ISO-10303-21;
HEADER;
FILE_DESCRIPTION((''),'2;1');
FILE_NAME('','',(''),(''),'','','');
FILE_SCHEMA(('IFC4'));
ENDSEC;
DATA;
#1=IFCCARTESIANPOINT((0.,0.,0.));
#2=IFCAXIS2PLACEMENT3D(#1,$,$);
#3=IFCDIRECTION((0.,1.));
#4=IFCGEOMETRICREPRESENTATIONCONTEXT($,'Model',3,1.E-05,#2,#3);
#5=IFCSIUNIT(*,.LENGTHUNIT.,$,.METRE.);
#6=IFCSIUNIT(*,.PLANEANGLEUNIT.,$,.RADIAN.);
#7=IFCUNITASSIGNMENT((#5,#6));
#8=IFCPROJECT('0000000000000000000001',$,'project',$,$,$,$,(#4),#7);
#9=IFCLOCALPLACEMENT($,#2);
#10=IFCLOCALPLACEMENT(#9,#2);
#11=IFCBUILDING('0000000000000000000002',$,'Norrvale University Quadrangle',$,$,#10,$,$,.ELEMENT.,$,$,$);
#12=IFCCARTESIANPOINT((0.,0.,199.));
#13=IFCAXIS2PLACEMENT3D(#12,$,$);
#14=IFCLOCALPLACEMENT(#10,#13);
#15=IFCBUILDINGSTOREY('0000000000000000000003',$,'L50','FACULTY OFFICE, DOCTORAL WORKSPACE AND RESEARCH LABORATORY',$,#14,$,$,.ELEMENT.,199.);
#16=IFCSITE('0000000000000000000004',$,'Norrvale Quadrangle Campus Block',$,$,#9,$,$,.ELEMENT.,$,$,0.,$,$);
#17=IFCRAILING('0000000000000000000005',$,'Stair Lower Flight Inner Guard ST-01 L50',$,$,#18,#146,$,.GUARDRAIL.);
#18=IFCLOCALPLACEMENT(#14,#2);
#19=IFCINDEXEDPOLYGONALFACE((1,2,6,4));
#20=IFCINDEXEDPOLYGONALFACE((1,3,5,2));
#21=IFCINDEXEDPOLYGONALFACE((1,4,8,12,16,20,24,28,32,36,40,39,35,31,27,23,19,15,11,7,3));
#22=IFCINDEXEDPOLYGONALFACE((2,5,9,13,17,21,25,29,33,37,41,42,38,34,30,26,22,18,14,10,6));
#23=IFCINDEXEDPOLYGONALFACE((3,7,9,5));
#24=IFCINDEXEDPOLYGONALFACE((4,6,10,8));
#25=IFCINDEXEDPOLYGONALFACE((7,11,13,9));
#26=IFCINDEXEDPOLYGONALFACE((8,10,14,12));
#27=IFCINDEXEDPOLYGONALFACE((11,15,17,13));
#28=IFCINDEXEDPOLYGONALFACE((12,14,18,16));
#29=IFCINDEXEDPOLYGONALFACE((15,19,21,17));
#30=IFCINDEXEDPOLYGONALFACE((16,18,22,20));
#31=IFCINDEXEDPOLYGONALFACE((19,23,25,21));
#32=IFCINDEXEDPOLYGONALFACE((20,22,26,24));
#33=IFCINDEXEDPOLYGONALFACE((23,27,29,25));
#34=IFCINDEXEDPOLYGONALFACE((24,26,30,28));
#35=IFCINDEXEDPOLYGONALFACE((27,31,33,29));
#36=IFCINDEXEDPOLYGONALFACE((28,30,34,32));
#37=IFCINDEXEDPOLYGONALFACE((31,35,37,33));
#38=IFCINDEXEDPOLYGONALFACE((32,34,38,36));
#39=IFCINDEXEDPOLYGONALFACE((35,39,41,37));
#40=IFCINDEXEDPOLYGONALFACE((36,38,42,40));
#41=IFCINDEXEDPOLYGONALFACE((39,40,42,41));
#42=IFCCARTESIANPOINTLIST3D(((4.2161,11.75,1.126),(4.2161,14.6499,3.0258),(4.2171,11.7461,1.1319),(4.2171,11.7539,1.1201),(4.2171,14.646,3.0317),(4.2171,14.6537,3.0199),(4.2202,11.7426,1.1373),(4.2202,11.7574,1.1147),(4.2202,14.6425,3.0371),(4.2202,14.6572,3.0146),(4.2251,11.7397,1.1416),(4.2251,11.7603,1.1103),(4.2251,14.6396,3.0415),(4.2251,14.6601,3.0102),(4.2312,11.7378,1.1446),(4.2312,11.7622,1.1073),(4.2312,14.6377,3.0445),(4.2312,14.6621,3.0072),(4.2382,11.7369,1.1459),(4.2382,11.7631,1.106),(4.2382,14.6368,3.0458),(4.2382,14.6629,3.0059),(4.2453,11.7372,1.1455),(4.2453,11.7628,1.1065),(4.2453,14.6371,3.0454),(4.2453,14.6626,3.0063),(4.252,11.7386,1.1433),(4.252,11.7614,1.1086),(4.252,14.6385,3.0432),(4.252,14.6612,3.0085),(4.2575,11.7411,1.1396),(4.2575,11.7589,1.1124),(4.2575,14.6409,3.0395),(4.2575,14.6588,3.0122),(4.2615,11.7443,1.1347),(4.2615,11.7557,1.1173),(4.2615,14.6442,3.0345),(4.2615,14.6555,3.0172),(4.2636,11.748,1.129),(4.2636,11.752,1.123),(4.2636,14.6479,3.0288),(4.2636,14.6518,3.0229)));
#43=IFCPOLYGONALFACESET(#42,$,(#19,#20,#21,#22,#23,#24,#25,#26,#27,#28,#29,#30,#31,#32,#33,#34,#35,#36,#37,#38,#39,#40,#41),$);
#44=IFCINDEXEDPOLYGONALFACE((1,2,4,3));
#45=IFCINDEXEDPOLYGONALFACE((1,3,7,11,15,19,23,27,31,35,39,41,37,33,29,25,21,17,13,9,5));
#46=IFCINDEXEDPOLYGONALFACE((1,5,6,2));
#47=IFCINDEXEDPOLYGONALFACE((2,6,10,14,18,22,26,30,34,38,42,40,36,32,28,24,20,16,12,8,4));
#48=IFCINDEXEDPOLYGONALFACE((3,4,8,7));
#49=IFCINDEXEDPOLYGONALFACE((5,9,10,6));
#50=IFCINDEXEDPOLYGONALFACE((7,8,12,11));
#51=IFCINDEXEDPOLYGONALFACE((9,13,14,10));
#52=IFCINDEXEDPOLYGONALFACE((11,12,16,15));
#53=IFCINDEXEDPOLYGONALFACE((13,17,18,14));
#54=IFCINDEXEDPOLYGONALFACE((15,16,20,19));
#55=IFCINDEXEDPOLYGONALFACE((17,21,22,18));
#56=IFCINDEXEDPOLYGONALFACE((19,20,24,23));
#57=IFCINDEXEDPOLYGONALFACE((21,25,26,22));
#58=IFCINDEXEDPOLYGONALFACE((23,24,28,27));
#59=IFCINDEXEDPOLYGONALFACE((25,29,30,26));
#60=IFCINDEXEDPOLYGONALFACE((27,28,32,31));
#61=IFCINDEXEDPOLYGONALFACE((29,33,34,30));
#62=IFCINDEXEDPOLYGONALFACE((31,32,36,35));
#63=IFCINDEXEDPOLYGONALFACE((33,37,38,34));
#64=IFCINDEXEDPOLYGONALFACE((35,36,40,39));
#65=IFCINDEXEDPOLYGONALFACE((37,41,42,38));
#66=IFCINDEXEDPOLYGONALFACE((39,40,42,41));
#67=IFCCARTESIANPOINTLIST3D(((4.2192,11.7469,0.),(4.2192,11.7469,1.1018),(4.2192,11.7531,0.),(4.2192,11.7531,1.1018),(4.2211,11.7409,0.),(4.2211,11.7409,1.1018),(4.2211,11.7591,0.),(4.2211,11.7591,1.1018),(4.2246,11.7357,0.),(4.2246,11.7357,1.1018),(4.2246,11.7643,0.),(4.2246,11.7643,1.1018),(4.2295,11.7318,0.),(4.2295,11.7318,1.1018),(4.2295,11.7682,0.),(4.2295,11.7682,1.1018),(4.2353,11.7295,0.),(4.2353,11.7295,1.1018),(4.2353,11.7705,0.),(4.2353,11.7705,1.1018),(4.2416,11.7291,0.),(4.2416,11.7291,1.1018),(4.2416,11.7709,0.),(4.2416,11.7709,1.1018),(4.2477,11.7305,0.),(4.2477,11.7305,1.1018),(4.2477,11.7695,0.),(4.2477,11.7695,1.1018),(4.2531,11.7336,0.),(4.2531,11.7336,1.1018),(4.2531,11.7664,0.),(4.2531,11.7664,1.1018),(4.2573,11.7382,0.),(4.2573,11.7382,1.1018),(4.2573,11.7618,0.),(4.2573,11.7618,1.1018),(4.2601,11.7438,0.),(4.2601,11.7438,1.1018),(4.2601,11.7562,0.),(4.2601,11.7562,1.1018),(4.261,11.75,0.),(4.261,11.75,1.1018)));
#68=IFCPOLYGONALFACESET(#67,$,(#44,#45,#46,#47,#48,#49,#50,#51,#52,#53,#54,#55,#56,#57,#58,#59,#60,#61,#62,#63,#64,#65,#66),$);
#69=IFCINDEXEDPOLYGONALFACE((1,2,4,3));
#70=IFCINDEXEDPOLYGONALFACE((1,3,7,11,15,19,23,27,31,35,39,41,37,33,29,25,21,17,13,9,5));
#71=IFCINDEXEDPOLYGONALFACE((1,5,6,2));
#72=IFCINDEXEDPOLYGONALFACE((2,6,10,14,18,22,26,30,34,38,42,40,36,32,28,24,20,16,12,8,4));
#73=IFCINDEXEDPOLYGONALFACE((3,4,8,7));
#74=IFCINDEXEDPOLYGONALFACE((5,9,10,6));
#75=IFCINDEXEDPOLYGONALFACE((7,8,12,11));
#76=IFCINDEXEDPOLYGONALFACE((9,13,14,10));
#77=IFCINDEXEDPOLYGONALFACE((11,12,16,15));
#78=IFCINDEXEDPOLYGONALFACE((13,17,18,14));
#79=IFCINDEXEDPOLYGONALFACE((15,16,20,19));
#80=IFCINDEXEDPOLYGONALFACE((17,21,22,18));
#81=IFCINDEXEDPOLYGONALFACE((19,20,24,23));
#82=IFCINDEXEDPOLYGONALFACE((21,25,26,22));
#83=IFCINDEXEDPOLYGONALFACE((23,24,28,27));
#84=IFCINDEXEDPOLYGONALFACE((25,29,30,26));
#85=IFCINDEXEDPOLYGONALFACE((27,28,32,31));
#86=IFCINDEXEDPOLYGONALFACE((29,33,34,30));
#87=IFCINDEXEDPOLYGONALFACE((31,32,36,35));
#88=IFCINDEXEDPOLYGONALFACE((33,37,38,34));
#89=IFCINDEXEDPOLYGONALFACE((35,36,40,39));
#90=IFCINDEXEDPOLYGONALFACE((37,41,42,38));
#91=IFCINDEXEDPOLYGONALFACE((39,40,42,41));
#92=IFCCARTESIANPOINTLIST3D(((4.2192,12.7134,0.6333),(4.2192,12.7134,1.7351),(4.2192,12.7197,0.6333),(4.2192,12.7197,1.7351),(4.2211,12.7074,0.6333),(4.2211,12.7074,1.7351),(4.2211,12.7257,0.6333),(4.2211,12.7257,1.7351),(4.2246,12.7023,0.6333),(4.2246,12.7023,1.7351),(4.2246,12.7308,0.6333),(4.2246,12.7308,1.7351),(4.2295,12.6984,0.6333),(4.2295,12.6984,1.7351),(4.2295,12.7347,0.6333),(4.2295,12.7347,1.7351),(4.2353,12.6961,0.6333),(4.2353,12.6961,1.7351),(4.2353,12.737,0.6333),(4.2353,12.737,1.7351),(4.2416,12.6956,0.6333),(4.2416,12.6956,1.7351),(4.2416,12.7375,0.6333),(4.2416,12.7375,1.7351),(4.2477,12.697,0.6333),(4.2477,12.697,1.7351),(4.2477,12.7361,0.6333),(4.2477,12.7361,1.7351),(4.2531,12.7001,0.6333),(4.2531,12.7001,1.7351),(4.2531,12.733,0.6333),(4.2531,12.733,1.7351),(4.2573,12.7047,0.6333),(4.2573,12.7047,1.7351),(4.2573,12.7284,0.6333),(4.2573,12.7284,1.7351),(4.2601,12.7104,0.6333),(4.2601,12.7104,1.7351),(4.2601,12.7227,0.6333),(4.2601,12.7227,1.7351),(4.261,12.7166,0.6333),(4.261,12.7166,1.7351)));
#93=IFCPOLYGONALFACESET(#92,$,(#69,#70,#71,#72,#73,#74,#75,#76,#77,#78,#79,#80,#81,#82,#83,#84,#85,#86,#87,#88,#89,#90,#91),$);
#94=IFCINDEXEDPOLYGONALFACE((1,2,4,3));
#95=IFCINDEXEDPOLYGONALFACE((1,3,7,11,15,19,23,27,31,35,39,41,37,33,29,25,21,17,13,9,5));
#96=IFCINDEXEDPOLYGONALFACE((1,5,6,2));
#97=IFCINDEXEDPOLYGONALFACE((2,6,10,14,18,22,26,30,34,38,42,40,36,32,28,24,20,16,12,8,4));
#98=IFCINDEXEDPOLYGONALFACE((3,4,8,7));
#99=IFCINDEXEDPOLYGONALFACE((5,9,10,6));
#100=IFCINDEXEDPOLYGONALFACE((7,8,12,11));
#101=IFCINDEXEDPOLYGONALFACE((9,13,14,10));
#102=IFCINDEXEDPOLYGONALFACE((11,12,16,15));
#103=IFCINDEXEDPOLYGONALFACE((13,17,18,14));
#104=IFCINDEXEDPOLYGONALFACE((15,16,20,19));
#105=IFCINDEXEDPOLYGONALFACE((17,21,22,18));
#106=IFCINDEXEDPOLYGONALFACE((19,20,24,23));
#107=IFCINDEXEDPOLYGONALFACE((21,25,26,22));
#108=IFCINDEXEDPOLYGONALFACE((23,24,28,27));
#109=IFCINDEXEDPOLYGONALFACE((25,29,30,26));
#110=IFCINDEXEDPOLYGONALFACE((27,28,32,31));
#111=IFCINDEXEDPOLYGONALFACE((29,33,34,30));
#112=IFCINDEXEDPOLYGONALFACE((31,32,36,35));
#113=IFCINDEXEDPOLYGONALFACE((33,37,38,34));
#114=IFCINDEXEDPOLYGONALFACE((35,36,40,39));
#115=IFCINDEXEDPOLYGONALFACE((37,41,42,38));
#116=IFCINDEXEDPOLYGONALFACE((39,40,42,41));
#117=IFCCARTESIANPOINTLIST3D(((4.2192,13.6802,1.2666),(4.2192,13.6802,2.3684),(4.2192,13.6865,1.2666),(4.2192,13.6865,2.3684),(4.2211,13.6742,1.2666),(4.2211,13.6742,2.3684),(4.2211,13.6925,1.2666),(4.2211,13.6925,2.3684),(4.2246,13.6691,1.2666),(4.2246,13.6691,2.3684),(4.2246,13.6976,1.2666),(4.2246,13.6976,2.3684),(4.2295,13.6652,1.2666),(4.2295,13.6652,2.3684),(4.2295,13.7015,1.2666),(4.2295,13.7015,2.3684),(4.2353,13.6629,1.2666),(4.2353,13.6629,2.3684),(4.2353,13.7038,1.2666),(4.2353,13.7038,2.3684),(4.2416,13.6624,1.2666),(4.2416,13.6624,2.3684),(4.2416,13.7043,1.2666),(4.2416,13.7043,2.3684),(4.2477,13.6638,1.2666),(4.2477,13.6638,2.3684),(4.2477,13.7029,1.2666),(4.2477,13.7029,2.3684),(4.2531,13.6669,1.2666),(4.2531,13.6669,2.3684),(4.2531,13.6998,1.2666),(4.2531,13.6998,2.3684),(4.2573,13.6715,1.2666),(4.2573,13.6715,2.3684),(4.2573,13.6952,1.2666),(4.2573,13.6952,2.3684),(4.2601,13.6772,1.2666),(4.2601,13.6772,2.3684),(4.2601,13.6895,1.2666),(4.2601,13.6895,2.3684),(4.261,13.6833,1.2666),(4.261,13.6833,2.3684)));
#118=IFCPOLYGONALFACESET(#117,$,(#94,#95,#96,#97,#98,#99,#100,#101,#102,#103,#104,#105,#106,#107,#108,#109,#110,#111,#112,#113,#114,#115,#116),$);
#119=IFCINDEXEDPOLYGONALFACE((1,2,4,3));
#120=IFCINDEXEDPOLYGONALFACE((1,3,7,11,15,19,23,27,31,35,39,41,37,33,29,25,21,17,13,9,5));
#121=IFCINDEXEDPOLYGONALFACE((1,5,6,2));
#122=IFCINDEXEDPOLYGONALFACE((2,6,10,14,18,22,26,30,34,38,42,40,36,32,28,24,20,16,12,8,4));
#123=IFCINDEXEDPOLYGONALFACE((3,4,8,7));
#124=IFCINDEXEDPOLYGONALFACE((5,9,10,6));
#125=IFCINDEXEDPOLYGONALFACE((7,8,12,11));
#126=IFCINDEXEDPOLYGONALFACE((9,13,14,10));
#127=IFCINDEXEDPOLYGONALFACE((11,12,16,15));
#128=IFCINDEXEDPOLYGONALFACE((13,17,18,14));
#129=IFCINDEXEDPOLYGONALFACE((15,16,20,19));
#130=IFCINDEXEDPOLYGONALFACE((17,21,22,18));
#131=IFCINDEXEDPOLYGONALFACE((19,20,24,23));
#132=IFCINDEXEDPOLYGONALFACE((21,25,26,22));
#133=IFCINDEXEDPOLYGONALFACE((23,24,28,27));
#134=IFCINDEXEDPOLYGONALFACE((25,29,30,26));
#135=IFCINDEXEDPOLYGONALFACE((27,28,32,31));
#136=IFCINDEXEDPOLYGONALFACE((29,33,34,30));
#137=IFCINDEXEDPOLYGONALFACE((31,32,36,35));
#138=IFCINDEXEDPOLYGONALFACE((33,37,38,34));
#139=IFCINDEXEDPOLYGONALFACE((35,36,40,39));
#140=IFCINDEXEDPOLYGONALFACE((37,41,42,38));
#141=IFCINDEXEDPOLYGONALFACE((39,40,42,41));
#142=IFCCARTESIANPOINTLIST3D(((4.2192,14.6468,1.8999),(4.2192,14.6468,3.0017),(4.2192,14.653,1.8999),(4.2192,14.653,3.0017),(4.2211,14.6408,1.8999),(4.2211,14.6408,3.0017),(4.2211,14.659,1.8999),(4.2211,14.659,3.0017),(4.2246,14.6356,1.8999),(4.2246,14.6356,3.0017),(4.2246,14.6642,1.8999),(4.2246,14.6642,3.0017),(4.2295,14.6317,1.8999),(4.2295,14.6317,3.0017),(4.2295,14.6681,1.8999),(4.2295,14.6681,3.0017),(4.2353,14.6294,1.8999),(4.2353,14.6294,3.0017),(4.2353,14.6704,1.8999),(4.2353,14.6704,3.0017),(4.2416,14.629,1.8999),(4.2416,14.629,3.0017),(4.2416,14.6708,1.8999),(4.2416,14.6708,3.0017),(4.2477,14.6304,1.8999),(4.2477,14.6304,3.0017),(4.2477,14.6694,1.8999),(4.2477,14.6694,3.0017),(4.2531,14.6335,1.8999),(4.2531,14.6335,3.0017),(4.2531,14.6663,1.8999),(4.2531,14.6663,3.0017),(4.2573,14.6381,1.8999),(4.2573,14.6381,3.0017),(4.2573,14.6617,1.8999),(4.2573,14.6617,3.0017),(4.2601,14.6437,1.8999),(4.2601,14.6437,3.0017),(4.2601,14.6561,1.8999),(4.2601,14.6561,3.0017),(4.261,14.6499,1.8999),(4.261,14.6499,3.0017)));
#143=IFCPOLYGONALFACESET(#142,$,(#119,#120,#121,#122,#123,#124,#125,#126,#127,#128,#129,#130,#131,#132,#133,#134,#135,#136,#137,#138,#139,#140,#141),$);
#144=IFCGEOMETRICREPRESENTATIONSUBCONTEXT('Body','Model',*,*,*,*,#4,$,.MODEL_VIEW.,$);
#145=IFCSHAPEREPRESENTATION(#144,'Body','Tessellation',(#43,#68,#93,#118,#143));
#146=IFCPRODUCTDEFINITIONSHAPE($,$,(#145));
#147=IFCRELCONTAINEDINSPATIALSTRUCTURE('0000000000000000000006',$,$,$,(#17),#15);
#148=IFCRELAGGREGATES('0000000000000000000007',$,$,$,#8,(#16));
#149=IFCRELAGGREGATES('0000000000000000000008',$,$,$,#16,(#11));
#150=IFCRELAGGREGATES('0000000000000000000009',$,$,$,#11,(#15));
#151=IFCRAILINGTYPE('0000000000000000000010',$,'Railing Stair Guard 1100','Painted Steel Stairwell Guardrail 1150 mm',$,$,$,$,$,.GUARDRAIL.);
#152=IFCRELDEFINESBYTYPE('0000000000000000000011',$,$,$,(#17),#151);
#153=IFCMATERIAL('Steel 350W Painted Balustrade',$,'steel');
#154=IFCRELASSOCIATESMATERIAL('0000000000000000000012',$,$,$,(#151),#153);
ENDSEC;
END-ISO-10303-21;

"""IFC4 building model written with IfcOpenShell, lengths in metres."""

from ifc_helpers import new_model, si_unit, direction, frame, origin, origin_2d, place, context, subcontext, project, spatial, circle, extrude, material, type_object, element, save


model = new_model("IFC4")

# Units and contexts
model_context = context("Model", 3, precision=1e-05, world=origin(), true_north=direction((0.0, 1.0)))
body_context = subcontext(model_context, "Body", "Model", "MODEL_VIEW")
ifc_project = project(units=[si_unit("LENGTHUNIT", "METRE"), si_unit("PLANEANGLEUNIT", "RADIAN")], contexts=[model_context])

# Site, building, storey
site_placement = place(None, origin())
site = spatial("IfcSite", under=ifc_project, at=site_placement, Name="Norrvale Quadrangle Campus Block", CompositionType="ELEMENT", RefElevation=0.0)
building_placement = place(site_placement, origin())
building = spatial("IfcBuilding", under=site, at=building_placement, Name="Norrvale University Quadrangle", CompositionType="ELEMENT")
storey_placement = place(building_placement, frame((0.0, 0.0, 199.0)))
storey = spatial("IfcBuildingStorey", under=building, at=storey_placement, Name="L50", Description="FACULTY OFFICE, DOCTORAL WORKSPACE AND RESEARCH LABORATORY", CompositionType="ELEMENT", Elevation=199.0)

# Railing
ifc_material_1 = material(Name="Steel 350W Painted Balustrade", Category="steel")
railing_type_1 = type_object("IfcRailingType", Name="Railing Stair Guard 1100", Description="Painted Steel Stairwell Guardrail 1150 mm", PredefinedType="GUARDRAIL", material=ifc_material_1)
railing_1_placement = place(storey_placement, frame((4.24, 11.75, 0.0)))
element("IfcRailing", 1, at=railing_1_placement, inside=storey, type_object=railing_type_1, Name="Stair Lower Flight Inner Guard ST-01 L50", PredefinedType="GUARDRAIL", context=body_context, shape_type="SweptSolid", body=[
    extrude(circle(Radius=0.0239, at=origin_2d()), frame((0.0, 0.0, 1.126), z_axis=(0.0, 0.836466, 0.548019), x_axis=(-1.0, 0.0, 0.0)), (0.0, 0.0, 1.0), 3.4668),
    extrude(circle(Radius=0.021, at=origin_2d()), origin(), (0.0, 0.0, 1.0), 1.1018),
    extrude(circle(Radius=0.021, at=origin_2d()), frame((0.0, 0.9666, 0.6333)), (0.0, 0.0, 1.0), 1.1018),
    extrude(circle(Radius=0.021, at=origin_2d()), frame((0.0, 1.9333, 1.2666)), (0.0, 0.0, 1.0), 1.1018),
    extrude(circle(Radius=0.021, at=origin_2d()), frame((0.0, 2.8999, 1.8999)), (0.0, 0.0, 1.0), 1.1018),
])

save(model, "model.ifc")
